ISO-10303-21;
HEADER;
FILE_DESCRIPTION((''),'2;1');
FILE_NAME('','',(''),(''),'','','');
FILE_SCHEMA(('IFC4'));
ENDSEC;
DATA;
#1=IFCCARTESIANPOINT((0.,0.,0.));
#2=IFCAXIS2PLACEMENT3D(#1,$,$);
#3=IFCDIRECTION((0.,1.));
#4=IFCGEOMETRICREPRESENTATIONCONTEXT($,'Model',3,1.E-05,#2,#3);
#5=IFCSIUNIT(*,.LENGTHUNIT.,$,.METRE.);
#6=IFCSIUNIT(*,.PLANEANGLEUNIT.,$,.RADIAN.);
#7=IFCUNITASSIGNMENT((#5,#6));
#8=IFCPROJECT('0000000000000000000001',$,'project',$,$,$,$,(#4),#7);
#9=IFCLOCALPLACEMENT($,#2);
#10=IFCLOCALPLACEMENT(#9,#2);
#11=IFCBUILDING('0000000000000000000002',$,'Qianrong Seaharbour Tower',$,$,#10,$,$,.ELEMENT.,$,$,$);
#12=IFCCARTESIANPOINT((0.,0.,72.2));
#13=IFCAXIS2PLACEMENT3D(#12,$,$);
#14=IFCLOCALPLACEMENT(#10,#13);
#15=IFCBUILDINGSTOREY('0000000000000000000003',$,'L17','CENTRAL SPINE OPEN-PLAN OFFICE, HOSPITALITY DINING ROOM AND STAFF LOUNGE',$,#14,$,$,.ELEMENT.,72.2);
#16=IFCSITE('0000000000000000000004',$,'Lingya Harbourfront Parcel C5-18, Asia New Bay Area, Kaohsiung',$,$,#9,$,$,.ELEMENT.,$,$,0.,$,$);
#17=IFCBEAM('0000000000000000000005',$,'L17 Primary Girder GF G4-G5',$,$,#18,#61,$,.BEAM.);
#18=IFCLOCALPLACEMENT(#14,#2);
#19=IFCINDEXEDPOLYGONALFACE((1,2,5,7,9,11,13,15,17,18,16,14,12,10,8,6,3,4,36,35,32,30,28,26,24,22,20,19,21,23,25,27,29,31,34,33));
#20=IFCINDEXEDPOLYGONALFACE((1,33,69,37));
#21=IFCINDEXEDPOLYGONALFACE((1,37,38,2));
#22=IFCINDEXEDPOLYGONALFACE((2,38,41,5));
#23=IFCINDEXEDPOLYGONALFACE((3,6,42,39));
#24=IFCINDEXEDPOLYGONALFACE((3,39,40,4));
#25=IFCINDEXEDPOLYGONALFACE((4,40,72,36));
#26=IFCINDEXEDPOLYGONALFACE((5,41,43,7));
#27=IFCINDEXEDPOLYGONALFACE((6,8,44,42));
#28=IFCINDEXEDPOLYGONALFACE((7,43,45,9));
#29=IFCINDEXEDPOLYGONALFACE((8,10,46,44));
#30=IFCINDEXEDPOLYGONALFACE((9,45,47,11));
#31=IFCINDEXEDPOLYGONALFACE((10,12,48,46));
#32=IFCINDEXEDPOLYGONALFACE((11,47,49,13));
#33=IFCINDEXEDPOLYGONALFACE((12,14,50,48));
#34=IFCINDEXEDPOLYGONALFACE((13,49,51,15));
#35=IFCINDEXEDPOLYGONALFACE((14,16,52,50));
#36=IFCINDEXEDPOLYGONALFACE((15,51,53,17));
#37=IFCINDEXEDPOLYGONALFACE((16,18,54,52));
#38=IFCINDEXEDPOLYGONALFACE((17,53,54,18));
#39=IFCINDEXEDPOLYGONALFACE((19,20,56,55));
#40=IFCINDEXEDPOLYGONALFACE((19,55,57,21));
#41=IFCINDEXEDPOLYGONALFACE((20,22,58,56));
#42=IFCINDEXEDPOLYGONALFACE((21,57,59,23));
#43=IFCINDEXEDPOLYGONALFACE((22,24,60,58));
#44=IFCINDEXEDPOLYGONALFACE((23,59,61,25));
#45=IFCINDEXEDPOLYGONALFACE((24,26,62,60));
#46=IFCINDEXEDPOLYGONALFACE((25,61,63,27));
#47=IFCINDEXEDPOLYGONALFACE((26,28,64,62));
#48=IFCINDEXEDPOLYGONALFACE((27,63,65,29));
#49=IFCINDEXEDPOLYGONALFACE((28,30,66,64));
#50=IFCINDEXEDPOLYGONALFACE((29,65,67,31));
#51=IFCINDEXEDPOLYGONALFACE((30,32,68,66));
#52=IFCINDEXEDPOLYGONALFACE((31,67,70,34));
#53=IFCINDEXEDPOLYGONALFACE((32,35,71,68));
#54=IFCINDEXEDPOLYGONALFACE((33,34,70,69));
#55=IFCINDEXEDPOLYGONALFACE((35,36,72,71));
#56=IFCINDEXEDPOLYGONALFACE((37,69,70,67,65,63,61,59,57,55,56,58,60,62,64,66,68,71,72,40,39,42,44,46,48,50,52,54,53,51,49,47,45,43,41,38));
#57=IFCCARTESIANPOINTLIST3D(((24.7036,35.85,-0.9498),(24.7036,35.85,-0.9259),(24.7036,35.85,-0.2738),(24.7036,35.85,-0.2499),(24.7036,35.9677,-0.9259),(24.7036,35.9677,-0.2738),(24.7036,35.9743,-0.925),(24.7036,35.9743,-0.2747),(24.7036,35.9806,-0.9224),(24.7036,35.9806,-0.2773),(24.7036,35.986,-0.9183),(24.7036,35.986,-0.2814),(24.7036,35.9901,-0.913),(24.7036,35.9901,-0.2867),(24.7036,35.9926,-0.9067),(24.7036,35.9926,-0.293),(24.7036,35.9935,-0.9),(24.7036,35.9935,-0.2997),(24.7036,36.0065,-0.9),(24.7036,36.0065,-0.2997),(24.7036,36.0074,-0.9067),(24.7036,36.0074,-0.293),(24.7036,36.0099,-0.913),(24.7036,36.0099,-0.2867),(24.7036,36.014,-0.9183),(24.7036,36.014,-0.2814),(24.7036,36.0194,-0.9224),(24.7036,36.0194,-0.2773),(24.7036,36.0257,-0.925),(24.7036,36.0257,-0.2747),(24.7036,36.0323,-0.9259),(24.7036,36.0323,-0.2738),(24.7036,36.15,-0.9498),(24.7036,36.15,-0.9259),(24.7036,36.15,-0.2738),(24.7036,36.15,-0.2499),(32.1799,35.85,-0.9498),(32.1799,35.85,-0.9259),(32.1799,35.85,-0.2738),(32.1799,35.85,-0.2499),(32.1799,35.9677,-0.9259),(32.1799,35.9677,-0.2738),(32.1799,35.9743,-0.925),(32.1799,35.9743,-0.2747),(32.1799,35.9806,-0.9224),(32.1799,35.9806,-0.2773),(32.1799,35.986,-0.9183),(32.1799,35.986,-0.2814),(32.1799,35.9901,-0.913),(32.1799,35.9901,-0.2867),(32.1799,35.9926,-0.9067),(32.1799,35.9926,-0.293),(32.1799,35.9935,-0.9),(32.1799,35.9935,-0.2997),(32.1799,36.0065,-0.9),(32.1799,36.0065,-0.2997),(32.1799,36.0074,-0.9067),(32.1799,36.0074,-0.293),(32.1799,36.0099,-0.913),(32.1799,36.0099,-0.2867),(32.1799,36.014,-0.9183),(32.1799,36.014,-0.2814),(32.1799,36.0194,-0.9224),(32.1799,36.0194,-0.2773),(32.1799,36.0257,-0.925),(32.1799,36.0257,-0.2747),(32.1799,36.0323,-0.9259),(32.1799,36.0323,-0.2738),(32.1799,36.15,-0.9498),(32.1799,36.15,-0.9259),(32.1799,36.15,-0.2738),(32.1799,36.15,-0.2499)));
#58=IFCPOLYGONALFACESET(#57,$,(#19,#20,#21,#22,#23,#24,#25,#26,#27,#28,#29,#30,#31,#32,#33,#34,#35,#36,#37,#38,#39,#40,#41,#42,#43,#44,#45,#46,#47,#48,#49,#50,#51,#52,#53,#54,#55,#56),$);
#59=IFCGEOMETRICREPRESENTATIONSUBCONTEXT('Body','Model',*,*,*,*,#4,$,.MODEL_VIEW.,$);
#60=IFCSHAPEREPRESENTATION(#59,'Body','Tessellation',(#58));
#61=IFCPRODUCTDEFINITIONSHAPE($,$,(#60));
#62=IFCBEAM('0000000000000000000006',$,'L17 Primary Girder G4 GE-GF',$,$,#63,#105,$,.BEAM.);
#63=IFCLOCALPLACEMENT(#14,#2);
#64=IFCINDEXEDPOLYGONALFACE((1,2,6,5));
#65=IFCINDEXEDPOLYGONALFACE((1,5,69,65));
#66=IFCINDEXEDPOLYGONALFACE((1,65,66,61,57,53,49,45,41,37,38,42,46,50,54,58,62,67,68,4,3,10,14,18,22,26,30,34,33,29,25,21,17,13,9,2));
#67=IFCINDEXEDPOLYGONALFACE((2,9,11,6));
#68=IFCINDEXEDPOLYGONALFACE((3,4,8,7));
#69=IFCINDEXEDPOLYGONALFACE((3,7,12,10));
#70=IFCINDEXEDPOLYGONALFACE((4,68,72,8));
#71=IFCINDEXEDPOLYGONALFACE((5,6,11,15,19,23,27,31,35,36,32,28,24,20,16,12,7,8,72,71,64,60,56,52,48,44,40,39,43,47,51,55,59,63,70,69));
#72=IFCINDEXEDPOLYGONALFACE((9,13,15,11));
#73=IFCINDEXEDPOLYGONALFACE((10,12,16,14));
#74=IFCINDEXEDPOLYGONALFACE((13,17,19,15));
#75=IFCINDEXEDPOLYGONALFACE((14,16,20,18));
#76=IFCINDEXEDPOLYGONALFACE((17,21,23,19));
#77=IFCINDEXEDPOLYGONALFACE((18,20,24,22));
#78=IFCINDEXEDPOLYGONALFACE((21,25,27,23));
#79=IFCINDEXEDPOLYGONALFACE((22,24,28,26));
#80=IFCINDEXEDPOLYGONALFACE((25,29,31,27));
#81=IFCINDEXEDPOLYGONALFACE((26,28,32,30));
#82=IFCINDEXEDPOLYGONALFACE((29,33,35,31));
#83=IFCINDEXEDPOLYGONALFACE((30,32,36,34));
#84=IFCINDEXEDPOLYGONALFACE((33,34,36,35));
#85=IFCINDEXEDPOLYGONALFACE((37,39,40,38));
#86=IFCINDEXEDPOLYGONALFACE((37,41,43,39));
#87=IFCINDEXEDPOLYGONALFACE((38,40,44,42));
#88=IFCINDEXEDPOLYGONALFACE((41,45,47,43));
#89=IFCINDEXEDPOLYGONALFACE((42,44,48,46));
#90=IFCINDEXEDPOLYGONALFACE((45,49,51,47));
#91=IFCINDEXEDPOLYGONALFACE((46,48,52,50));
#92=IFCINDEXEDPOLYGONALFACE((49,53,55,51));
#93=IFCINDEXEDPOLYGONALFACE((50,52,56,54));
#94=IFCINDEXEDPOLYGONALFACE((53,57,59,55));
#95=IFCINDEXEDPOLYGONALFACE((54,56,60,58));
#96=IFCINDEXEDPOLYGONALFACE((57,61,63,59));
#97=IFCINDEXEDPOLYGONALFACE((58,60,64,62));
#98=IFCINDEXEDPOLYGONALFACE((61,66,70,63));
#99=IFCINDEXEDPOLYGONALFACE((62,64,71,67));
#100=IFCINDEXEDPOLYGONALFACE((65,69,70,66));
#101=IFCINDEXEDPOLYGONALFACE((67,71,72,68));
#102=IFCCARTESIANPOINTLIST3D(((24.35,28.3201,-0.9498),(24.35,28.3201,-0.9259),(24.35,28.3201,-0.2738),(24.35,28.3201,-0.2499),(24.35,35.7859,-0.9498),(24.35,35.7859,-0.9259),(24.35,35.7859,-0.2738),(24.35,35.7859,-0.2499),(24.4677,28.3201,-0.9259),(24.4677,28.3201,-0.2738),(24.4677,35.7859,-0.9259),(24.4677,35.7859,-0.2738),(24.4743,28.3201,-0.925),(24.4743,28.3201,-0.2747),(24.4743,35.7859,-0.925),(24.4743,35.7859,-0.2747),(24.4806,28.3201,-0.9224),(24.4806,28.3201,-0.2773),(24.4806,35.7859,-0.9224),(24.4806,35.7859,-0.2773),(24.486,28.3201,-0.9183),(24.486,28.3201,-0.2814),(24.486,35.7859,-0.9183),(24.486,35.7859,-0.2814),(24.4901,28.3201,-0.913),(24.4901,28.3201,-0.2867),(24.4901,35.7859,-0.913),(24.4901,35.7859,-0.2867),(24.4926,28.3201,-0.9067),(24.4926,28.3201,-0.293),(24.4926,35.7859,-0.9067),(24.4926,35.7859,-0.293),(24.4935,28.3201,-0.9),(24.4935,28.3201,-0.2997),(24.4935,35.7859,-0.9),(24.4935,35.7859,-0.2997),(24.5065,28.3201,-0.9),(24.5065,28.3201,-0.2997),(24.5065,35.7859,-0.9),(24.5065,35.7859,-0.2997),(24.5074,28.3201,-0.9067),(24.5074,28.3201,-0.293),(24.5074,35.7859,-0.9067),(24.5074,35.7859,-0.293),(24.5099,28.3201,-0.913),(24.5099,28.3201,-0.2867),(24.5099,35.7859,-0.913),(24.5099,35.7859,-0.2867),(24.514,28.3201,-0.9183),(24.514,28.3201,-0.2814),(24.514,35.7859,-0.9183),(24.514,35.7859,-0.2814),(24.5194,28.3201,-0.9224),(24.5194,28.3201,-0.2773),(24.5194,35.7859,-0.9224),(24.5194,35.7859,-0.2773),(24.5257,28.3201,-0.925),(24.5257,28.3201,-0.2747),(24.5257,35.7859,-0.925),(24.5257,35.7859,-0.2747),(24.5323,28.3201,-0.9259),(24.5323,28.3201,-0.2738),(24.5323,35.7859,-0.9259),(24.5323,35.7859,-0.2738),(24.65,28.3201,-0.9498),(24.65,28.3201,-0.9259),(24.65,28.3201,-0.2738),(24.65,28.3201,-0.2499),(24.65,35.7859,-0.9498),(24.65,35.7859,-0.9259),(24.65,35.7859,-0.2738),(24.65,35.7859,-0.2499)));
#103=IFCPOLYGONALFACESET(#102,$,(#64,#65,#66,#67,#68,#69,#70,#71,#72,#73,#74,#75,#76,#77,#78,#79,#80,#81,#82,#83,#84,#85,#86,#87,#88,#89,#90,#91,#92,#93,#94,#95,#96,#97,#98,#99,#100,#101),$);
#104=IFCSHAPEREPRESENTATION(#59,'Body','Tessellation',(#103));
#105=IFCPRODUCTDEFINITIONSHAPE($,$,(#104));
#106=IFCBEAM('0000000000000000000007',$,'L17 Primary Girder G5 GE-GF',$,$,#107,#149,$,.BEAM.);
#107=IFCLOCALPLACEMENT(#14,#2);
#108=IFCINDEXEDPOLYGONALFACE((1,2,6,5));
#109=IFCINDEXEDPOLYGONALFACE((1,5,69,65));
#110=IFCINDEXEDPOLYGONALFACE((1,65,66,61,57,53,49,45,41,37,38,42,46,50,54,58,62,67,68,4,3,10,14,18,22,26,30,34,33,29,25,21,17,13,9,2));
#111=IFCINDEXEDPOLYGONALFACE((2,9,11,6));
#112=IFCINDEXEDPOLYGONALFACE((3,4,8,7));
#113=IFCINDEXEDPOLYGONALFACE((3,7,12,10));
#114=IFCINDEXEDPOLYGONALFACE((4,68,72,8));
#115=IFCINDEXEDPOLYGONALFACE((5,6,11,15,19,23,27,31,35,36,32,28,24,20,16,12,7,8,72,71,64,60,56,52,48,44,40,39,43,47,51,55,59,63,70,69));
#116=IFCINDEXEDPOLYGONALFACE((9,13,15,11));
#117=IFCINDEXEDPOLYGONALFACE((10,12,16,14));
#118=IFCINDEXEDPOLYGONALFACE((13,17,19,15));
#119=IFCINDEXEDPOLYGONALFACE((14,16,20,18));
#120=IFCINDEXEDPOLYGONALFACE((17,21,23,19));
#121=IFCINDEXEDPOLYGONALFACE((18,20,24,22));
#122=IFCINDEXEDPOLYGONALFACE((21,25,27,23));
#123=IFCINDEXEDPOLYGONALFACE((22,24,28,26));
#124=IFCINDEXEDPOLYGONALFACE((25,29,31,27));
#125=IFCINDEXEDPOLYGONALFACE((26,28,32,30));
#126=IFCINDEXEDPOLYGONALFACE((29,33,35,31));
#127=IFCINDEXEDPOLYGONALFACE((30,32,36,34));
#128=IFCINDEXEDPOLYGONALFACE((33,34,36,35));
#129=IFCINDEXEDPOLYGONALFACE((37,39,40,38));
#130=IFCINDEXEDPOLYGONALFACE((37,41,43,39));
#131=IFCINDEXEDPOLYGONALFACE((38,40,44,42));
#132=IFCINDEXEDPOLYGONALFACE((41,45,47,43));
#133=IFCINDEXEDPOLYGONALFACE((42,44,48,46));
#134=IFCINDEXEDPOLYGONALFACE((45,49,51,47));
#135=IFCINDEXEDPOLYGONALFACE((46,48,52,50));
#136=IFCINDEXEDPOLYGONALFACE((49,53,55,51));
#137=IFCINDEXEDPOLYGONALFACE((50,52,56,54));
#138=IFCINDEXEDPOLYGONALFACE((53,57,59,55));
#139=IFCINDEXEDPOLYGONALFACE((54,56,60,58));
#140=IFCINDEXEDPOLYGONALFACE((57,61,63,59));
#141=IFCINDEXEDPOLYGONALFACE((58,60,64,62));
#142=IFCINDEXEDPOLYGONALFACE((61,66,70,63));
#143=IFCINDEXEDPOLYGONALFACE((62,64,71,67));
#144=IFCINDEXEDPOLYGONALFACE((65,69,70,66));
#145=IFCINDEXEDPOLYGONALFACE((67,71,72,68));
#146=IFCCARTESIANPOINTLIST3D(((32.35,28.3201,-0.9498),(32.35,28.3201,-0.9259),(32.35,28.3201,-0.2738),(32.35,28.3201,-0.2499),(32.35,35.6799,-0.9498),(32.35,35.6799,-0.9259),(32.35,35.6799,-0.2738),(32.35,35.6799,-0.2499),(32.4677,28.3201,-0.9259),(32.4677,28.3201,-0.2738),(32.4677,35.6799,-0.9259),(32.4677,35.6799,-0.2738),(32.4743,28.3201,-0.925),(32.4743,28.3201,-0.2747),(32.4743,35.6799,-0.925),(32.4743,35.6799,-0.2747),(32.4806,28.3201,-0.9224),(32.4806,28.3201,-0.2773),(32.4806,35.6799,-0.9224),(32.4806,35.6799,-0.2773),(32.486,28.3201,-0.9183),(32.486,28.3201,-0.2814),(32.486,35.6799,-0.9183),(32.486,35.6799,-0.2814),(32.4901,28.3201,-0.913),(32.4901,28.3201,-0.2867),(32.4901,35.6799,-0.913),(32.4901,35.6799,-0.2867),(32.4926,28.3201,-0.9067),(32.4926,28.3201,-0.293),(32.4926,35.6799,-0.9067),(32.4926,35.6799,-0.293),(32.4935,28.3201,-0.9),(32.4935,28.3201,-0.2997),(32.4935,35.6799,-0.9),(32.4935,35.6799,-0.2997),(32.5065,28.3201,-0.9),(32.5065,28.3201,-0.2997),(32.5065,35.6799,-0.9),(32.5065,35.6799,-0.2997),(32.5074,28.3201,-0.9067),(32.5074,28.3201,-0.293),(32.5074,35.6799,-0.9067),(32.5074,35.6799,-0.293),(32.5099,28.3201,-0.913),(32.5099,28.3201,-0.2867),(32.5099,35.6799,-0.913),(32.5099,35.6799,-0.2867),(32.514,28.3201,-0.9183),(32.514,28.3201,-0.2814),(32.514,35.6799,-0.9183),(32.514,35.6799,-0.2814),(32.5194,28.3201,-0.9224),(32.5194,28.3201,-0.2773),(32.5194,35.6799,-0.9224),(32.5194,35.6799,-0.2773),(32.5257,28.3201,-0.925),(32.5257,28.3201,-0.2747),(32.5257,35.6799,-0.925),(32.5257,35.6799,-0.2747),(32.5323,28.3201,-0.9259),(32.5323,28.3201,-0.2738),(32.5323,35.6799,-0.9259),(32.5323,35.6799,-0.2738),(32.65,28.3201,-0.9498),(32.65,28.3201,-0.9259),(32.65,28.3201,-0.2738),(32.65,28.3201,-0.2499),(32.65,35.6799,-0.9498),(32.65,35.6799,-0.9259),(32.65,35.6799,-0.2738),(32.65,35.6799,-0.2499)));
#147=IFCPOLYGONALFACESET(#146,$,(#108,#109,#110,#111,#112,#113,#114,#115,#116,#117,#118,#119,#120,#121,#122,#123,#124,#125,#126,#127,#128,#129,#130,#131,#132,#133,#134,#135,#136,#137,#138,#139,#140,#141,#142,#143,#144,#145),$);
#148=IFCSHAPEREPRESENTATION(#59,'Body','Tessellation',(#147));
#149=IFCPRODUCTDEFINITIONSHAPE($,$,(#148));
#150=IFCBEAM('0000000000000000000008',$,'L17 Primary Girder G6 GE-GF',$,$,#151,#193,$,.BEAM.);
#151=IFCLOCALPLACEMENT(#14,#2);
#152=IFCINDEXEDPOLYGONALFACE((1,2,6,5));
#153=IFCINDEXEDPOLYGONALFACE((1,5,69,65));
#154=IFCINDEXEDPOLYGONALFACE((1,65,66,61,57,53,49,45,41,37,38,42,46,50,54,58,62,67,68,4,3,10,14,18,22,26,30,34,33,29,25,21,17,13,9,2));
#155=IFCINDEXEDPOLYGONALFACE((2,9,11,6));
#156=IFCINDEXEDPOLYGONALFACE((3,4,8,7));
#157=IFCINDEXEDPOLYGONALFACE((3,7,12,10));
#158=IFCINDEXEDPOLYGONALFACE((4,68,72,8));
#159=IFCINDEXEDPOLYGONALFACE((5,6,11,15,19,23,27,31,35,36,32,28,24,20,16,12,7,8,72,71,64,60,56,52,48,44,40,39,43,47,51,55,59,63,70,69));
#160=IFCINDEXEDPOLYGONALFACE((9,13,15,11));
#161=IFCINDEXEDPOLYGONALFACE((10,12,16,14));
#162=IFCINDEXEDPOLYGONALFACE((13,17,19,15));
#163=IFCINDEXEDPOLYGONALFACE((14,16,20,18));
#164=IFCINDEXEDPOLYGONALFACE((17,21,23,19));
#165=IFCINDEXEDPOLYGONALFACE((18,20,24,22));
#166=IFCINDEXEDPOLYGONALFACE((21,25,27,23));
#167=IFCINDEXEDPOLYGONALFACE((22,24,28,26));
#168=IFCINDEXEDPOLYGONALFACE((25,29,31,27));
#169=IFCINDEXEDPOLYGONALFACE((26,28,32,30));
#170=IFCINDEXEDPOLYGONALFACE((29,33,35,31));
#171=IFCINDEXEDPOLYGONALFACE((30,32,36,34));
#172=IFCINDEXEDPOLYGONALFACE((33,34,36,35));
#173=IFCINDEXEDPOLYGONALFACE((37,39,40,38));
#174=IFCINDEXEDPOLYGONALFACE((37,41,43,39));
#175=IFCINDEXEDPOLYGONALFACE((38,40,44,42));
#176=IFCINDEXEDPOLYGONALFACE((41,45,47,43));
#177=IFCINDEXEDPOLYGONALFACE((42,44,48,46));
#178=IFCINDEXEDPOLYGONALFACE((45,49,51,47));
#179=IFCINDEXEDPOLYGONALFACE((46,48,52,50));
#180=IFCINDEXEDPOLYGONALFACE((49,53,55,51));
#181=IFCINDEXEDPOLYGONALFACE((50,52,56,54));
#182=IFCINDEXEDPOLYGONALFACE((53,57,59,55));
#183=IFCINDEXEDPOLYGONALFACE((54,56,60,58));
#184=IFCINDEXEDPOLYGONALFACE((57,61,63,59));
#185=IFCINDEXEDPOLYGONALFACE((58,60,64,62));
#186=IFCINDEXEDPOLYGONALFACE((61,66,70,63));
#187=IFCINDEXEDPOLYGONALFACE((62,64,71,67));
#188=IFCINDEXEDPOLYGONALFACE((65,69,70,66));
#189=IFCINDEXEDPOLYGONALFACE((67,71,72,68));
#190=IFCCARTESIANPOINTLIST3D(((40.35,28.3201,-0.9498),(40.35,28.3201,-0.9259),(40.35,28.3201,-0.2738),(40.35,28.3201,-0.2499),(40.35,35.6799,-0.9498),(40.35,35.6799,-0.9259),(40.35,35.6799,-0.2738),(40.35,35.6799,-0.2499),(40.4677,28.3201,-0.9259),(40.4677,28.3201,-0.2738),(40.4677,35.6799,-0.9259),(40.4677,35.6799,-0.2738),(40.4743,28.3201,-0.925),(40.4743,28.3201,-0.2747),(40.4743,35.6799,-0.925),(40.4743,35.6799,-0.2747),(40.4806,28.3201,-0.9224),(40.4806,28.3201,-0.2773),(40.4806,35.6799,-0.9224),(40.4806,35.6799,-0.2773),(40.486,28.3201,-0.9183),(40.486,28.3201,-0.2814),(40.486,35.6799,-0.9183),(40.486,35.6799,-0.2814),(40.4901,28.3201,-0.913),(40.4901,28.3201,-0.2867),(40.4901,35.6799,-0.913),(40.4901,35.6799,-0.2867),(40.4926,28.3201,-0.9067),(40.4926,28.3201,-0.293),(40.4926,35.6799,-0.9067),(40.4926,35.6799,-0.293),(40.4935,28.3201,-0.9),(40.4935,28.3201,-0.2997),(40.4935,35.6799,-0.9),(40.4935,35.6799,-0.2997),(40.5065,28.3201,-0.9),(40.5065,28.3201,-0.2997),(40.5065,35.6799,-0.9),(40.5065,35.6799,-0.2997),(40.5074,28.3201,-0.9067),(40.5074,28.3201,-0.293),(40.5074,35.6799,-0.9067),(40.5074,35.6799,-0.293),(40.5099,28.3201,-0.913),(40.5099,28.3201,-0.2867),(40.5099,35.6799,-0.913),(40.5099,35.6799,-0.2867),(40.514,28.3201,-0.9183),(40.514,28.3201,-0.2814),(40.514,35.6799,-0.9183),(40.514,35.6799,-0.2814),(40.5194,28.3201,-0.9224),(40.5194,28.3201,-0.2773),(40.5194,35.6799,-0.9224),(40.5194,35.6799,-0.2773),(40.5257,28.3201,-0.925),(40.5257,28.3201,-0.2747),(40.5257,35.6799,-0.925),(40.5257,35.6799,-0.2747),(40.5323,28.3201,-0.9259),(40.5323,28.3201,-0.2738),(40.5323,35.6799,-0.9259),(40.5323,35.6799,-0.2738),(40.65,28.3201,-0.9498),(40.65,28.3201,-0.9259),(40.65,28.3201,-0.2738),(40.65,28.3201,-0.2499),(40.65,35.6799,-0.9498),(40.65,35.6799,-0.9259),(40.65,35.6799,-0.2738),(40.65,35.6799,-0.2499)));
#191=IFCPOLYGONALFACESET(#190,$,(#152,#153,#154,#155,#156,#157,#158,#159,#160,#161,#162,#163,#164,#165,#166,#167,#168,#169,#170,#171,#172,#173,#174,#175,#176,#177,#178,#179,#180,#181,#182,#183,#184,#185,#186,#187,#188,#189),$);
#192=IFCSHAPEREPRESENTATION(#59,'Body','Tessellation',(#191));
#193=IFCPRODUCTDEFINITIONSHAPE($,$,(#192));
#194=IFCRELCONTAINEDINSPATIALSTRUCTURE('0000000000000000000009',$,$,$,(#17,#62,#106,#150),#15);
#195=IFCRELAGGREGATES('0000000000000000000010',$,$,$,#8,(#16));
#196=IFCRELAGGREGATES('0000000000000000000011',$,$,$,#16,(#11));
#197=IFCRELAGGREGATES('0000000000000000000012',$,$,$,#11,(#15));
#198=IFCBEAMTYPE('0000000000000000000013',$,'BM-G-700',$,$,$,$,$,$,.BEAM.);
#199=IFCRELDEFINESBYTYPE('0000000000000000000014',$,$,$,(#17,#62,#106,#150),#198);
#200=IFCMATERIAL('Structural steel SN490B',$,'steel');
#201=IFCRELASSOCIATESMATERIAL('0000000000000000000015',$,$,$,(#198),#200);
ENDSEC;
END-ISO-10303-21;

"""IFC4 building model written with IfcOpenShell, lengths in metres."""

from ifc_helpers import new_model, si_unit, direction, frame, origin, origin_2d, place, context, subcontext, project, spatial, i_section, extrude, material, material_profile, profile_set, type_object, element, save


model = new_model("IFC4")

# Units and contexts
model_context = context("Model", 3, precision=1e-05, world=origin(), true_north=direction((0.0, 1.0)))
body_context = subcontext(model_context, "Body", "Model", "MODEL_VIEW")
ifc_project = project(units=[si_unit("LENGTHUNIT", "METRE"), si_unit("PLANEANGLEUNIT", "RADIAN")], contexts=[model_context])

# Site, building, storey
site_placement = place(None, origin())
site = spatial("IfcSite", under=ifc_project, at=site_placement, Name="Lingya Harbourfront Parcel C5-18, Asia New Bay Area, Kaohsiung", CompositionType="ELEMENT", RefElevation=0.0)
building_placement = place(site_placement, origin())
building = spatial("IfcBuilding", under=site, at=building_placement, Name="Qianrong Seaharbour Tower", CompositionType="ELEMENT")
storey_placement = place(building_placement, frame((0.0, 0.0, 72.2)))
storey = spatial("IfcBuildingStorey", under=building, at=storey_placement, Name="L17", Description="CENTRAL SPINE OPEN-PLAN OFFICE, HOSPITALITY DINING ROOM AND STAFF LOUNGE", CompositionType="ELEMENT", Elevation=72.2)

# Shared definitions
ifc_material_1 = material(Name="Structural steel SN490B", Category="steel")

# Beams
ifc_material_profile_1 = material_profile(ifc_material_1, i_section(OverallWidth=0.3, OverallDepth=0.7, WebThickness=0.0129, FlangeThickness=0.0239, FilletRadius=0.0259, at=origin_2d()), Name="H700x300x13x24")
ifc_profile_set_1 = profile_set([ifc_material_profile_1], Name="Structural steel SN490B")
beam_type_1 = type_object("IfcBeamType", Name="BM-G-700", PredefinedType="BEAM", material=ifc_profile_set_1)
beam_1_placement = place(storey_placement, frame((24.7036, 36.0, -0.5999), z_axis=(1.0, 0.0, 0.0), x_axis=(0.0, 1.0, 0.0)))
element("IfcBeam", 1, at=beam_1_placement, inside=storey, type_object=beam_type_1, Name="L17 Primary Girder GF G4-G5", PredefinedType="BEAM", context=body_context, shape_type="SweptSolid", body=[
    extrude(i_section(OverallWidth=0.3, OverallDepth=0.7, WebThickness=0.0129, FlangeThickness=0.0239, FilletRadius=0.0259, at=origin_2d()), origin(), (0.0, 0.0, 1.0), 7.4763),
])
beam_2_placement = place(storey_placement, frame((24.5, 28.3201, -0.5999), z_axis=(0.0, 1.0, 0.0), x_axis=(-1.0, 0.0, 0.0)))
element("IfcBeam", 2, at=beam_2_placement, inside=storey, type_object=beam_type_1, Name="L17 Primary Girder G4 GE-GF", PredefinedType="BEAM", context=body_context, shape_type="SweptSolid", body=[
    extrude(i_section(OverallWidth=0.3, OverallDepth=0.7, WebThickness=0.0129, FlangeThickness=0.0239, FilletRadius=0.0259, at=origin_2d()), origin(), (0.0, 0.0, 1.0), 7.4658),
])
for number, where, z_axis, x_axis, name in (
    (3, (32.5, 28.3201, -0.5999), (0.0, 1.0, 0.0), (-1.0, 0.0, 0.0), "L17 Primary Girder G5 GE-GF"),
    (4, (40.5, 28.3201, -0.5999), (0.0, 1.0, 0.0), (-1.0, 0.0, 0.0), "L17 Primary Girder G6 GE-GF"),
):
    element("IfcBeam", number, at=place(storey_placement, frame(where, z_axis=z_axis, x_axis=x_axis)), inside=storey, type_object=beam_type_1, Name=name, PredefinedType="BEAM", context=body_context, shape_type="SweptSolid", body=[
        extrude(i_section(OverallWidth=0.3, OverallDepth=0.7, WebThickness=0.0129, FlangeThickness=0.0239, FilletRadius=0.0259, at=origin_2d()), origin(), (0.0, 0.0, 1.0), 7.3599),
    ])

save(model, "model.ifc")
